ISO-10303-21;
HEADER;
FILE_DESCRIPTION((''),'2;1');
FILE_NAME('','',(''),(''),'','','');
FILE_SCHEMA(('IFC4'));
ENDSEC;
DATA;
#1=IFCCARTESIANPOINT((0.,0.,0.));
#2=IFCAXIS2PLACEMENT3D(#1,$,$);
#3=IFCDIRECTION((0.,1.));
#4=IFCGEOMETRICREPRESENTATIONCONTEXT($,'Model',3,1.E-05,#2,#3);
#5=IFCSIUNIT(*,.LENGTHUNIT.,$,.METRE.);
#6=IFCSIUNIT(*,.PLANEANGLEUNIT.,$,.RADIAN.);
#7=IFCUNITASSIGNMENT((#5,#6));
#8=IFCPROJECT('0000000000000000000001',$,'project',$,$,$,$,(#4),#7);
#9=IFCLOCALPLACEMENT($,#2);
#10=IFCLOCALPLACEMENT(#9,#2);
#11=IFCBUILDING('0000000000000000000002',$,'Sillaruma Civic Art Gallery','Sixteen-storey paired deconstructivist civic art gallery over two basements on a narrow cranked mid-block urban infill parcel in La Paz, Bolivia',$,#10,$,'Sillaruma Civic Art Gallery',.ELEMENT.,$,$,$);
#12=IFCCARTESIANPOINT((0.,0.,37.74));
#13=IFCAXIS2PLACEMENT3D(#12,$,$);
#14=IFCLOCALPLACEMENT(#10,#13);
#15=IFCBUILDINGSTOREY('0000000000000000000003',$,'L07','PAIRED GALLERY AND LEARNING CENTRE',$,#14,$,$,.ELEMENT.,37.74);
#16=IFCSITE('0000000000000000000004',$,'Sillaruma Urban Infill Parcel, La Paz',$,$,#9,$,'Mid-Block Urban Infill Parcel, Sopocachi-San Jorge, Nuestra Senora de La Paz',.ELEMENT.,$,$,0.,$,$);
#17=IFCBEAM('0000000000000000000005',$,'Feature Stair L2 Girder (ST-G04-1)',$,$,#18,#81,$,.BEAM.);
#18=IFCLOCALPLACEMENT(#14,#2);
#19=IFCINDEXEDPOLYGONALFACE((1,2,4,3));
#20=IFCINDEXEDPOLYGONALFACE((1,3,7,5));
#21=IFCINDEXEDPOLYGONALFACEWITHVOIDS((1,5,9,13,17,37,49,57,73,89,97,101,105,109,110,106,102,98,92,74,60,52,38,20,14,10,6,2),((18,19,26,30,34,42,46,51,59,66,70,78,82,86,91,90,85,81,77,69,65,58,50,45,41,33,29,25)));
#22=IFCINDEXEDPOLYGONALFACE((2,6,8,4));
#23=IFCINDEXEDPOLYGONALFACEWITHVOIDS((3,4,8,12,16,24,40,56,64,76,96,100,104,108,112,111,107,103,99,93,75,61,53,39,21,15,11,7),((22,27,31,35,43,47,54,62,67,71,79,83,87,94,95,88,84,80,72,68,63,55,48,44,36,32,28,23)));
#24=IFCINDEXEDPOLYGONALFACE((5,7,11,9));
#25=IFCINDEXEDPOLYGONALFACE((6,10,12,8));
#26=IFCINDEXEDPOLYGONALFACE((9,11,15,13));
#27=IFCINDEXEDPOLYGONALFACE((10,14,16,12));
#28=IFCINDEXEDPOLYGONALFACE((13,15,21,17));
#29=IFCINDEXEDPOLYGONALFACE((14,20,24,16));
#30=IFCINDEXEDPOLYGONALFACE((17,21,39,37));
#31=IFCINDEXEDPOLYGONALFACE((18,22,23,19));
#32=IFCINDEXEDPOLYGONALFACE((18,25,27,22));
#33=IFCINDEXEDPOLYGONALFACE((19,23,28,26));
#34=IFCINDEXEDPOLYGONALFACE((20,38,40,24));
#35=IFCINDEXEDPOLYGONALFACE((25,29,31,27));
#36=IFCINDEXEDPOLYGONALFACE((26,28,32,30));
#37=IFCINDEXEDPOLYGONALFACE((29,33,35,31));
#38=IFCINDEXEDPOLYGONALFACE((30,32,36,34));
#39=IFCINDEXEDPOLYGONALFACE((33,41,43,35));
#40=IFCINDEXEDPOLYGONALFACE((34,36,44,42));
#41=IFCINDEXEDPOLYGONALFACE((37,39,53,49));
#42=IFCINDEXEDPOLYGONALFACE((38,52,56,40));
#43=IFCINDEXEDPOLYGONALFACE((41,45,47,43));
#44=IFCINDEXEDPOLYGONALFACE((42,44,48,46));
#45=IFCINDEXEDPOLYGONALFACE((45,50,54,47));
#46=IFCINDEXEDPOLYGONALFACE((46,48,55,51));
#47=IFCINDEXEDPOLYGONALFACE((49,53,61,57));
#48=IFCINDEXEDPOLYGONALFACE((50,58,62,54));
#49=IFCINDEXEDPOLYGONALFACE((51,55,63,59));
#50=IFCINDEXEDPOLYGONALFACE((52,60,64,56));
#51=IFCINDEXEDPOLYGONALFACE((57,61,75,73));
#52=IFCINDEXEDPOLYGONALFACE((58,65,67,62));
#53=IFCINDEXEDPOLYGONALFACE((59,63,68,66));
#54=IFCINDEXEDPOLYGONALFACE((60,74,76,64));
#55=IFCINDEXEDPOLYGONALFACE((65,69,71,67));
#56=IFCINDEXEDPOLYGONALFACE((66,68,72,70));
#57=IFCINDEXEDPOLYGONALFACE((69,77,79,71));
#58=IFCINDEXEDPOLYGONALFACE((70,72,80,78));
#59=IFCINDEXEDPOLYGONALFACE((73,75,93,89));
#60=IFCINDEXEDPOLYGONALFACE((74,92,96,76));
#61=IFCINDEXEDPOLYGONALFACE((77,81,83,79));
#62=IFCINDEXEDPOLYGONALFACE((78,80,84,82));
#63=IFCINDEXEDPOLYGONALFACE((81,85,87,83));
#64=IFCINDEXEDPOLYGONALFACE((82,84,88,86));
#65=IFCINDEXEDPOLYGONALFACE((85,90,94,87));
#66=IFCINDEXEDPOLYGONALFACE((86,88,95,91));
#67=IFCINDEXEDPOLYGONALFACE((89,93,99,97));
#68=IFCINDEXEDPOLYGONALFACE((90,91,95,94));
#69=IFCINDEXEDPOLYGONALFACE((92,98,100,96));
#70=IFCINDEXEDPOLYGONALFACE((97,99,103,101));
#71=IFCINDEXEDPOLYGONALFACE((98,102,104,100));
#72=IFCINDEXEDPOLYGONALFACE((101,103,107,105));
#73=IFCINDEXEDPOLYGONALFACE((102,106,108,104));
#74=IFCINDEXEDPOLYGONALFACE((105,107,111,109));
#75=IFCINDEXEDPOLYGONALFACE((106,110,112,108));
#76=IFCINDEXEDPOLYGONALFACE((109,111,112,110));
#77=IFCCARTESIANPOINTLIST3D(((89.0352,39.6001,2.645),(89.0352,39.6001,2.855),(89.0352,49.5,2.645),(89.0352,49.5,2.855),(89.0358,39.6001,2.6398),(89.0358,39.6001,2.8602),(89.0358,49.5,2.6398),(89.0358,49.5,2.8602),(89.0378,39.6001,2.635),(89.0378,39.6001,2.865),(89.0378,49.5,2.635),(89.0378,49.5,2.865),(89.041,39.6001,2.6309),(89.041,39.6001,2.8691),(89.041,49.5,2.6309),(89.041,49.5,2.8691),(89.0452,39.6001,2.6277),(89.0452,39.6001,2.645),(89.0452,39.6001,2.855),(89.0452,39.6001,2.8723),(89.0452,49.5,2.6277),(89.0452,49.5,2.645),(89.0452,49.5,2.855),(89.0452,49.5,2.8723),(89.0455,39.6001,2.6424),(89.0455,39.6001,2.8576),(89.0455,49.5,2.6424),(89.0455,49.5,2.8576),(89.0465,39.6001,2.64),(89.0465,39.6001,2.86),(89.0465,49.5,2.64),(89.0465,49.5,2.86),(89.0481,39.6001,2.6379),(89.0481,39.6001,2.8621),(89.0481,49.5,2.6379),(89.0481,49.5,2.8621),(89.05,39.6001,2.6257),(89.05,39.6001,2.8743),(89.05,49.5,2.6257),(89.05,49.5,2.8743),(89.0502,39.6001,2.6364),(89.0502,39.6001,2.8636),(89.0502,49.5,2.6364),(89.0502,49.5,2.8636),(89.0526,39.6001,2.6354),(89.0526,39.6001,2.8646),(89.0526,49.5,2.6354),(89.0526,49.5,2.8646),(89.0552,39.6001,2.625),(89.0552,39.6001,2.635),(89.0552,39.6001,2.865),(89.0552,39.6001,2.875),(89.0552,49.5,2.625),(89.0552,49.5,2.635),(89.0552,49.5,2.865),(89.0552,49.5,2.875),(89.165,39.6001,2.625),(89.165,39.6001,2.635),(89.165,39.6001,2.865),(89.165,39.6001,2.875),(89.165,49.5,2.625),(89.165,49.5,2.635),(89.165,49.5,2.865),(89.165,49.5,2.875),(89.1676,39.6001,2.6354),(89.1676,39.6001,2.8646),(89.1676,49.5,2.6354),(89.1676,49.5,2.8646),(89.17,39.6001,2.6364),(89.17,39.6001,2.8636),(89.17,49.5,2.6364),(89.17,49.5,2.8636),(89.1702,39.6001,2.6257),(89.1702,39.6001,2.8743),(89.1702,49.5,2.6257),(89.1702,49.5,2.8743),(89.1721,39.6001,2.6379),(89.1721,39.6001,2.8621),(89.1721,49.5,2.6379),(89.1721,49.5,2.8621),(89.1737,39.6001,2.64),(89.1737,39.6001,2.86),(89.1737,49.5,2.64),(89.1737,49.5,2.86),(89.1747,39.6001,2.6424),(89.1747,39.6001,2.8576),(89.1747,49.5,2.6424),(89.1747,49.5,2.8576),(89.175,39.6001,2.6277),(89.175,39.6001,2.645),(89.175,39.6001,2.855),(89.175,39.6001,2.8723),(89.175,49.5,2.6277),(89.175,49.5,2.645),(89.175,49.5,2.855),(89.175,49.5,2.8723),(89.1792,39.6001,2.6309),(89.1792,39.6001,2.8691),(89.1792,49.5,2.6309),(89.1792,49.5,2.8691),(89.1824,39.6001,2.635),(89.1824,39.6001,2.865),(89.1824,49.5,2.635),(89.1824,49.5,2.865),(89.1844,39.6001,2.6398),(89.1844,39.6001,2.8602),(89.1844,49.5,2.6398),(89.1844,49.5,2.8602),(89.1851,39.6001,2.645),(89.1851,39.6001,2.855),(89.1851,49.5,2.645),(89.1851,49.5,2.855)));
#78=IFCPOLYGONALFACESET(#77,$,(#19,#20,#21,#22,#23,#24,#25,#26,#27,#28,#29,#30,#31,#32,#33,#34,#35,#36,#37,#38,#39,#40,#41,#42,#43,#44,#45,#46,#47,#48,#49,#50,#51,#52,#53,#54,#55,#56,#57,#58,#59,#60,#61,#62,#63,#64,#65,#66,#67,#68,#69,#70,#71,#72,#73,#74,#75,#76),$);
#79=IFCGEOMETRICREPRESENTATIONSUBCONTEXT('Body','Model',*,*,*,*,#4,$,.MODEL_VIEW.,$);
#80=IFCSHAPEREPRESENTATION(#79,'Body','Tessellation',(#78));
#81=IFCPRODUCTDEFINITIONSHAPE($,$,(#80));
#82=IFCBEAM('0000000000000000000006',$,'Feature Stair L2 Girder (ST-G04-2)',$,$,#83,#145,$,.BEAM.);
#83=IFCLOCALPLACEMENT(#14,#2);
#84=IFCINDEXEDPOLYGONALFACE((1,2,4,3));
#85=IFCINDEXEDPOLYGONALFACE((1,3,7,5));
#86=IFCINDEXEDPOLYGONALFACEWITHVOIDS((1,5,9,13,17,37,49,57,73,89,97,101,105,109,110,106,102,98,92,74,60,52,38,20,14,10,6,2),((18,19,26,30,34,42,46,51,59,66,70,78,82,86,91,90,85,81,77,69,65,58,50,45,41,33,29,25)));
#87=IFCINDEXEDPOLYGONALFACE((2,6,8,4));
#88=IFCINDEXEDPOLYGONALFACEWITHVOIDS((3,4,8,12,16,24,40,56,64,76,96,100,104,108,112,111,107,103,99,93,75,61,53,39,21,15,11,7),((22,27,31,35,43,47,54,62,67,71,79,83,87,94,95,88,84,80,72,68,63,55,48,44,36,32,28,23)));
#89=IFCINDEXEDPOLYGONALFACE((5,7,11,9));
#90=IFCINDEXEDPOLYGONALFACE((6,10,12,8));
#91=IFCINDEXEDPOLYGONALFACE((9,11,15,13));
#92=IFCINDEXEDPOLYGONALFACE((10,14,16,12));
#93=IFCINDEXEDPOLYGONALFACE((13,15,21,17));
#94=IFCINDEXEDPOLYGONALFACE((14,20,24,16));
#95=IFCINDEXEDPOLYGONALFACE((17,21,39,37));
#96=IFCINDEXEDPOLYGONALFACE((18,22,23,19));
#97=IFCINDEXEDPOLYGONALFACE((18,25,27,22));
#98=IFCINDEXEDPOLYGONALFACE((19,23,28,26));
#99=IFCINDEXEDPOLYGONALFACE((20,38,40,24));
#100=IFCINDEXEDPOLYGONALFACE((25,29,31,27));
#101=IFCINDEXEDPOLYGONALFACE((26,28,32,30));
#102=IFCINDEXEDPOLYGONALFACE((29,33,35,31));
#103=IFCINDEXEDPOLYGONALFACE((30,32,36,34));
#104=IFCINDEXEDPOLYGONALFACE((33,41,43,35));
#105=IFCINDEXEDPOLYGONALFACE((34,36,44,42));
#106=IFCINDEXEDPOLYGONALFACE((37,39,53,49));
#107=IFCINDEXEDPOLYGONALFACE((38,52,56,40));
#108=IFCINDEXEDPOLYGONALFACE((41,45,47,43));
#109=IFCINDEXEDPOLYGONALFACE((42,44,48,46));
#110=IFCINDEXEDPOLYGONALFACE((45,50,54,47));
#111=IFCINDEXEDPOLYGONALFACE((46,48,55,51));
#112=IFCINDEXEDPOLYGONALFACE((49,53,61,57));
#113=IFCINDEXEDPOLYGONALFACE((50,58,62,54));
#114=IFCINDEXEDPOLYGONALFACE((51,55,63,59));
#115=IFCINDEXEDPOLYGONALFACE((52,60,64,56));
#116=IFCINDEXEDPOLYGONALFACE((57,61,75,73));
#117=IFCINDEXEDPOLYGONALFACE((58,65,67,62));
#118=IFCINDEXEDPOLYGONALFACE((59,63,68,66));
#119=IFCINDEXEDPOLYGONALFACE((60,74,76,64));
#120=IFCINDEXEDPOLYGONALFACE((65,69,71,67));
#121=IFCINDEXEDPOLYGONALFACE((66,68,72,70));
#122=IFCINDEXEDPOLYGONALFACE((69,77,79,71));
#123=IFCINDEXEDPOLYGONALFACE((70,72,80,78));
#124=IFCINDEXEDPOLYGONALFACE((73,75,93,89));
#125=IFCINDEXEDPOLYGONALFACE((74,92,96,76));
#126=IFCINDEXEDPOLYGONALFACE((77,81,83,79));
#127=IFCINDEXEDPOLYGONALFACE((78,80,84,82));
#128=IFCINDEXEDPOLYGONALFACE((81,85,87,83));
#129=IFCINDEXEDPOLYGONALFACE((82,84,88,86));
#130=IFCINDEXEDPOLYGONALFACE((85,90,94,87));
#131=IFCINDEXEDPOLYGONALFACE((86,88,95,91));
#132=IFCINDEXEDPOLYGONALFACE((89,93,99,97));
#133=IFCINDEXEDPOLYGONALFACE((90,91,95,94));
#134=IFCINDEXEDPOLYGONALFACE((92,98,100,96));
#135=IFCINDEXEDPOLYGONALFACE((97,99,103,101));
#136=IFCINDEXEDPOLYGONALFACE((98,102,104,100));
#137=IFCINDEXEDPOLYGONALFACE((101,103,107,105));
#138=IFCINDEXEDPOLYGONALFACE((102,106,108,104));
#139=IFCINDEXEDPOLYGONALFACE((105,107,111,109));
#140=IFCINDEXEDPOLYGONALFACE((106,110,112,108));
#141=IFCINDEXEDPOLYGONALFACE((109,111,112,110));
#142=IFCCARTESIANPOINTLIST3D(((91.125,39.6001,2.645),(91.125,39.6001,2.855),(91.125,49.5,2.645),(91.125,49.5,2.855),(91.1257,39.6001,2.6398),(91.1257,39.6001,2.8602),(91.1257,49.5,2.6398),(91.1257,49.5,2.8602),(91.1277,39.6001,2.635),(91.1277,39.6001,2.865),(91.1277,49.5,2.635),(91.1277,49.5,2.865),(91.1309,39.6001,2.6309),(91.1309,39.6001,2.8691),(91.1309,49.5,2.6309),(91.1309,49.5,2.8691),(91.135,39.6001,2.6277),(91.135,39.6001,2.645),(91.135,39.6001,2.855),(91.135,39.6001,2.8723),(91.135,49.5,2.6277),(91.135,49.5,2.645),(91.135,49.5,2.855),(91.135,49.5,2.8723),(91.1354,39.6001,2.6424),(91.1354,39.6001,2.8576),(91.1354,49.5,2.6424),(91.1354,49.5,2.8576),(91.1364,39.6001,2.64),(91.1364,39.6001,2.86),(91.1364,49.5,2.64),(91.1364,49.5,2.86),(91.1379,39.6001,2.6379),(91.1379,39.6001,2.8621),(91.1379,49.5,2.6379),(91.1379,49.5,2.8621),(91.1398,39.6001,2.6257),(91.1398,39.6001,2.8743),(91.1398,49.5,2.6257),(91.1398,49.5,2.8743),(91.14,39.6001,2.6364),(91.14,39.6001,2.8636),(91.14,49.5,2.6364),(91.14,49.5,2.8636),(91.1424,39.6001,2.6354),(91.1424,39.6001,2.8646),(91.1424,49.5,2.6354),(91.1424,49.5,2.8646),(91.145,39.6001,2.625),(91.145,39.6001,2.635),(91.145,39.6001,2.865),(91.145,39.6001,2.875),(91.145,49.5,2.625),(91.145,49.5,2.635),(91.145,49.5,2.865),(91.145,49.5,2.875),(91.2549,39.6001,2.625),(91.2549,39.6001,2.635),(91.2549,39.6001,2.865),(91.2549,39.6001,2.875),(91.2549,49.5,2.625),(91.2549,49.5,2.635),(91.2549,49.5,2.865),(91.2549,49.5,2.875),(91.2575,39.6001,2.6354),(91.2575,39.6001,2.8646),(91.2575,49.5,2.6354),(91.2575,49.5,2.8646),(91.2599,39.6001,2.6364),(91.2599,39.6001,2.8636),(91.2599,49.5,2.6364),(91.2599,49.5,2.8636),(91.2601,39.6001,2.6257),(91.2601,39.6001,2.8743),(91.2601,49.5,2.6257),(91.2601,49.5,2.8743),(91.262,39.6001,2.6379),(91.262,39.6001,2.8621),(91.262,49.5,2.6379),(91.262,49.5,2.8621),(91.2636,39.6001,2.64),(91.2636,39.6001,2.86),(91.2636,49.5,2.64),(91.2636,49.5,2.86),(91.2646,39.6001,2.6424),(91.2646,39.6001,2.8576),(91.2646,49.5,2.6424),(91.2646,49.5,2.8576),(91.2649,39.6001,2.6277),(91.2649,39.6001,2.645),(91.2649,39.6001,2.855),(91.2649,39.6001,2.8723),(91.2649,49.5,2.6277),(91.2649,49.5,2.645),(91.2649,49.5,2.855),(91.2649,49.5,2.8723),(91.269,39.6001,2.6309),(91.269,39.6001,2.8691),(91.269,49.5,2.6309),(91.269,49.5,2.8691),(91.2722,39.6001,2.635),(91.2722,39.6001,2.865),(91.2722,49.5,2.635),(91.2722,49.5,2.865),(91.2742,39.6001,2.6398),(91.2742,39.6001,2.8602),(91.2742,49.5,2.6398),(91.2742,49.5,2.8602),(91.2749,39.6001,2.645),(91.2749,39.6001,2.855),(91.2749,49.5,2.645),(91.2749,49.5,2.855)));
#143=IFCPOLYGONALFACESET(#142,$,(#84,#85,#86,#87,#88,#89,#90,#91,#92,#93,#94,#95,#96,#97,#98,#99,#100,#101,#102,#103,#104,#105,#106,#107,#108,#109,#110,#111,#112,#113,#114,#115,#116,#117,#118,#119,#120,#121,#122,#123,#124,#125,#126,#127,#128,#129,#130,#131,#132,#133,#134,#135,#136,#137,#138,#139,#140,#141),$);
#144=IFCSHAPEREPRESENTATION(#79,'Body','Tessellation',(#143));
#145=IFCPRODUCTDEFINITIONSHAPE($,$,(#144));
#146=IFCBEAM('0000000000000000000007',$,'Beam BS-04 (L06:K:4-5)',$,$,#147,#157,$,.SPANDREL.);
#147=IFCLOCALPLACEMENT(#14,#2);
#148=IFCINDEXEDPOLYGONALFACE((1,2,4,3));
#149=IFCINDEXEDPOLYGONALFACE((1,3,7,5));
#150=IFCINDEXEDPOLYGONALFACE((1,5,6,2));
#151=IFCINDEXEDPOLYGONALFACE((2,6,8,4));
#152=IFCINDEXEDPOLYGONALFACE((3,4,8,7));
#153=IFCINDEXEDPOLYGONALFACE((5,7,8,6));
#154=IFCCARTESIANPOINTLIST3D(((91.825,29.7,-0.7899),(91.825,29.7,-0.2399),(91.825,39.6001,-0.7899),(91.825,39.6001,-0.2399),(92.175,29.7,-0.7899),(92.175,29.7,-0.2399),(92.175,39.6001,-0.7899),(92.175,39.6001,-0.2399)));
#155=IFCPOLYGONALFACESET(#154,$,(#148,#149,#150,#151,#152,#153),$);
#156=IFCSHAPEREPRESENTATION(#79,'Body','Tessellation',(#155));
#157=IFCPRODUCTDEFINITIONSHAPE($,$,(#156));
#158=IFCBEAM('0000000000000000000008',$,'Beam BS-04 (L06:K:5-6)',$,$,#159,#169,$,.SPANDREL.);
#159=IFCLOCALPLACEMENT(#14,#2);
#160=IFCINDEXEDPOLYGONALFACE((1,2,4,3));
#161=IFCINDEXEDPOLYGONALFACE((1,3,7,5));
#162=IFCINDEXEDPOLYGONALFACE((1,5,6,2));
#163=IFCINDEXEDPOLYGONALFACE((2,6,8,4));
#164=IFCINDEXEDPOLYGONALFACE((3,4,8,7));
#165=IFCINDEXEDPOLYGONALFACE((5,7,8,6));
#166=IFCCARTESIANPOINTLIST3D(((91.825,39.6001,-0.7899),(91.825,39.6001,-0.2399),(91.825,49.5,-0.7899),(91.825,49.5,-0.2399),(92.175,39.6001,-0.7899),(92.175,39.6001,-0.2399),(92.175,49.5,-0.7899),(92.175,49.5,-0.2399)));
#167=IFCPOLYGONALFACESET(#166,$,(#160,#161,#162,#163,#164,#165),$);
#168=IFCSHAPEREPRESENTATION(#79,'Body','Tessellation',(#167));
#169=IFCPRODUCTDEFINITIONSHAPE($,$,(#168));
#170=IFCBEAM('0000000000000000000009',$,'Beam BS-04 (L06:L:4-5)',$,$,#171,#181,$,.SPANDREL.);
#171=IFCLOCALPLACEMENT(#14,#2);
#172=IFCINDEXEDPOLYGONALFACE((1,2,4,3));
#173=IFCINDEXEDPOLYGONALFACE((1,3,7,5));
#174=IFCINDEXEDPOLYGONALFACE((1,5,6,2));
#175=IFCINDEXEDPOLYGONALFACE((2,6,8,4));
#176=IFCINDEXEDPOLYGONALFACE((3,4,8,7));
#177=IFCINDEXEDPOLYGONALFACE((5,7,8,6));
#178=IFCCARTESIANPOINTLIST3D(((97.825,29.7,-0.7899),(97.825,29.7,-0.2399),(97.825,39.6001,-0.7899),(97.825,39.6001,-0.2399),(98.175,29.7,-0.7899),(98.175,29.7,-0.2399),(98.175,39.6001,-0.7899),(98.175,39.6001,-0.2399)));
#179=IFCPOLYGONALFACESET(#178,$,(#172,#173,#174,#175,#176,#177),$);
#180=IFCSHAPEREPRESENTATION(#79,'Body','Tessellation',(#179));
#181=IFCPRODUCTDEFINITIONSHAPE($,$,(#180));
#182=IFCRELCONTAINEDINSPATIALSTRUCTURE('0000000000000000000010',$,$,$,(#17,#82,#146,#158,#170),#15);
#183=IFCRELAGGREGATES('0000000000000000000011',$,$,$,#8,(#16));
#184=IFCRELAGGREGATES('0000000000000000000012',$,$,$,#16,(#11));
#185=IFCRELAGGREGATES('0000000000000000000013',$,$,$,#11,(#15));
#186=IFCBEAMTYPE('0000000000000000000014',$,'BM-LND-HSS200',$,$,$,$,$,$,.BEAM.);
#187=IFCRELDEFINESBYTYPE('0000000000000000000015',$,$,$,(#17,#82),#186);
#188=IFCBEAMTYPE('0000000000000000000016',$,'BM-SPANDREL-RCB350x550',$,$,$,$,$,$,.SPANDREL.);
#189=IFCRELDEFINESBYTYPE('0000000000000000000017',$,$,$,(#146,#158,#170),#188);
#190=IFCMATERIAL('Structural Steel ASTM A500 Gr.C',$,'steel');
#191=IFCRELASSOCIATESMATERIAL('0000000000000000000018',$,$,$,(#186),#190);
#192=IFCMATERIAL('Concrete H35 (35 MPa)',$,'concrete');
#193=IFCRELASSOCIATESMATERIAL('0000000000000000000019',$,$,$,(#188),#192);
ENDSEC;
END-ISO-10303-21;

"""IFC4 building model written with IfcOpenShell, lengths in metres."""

from ifc_helpers import new_model, si_unit, direction, frame, origin, origin_2d, place, context, subcontext, project, spatial, rectangle, hollow_rectangle, extrude, material, material_profile, profile_set, type_object, element, save


model = new_model("IFC4")

# Units and contexts
model_context = context("Model", 3, precision=1e-05, world=origin(), true_north=direction((0.0, 1.0)))
body_context = subcontext(model_context, "Body", "Model", "MODEL_VIEW")
ifc_project = project(units=[si_unit("LENGTHUNIT", "METRE"), si_unit("PLANEANGLEUNIT", "RADIAN")], contexts=[model_context])

# Site, building, storey
site_placement = place(None, origin())
site = spatial("IfcSite", under=ifc_project, at=site_placement, Name="Sillaruma Urban Infill Parcel, La Paz", LongName="Mid-Block Urban Infill Parcel, Sopocachi-San Jorge, Nuestra Senora de La Paz", CompositionType="ELEMENT", RefElevation=0.0)
building_placement = place(site_placement, origin())
building = spatial("IfcBuilding", under=site, at=building_placement, Name="Sillaruma Civic Art Gallery", Description="Sixteen-storey paired deconstructivist civic art gallery over two basements on a narrow cranked mid-block urban infill parcel in La Paz, Bolivia", LongName="Sillaruma Civic Art Gallery", CompositionType="ELEMENT")
storey_placement = place(building_placement, frame((0.0, 0.0, 37.74)))
storey = spatial("IfcBuildingStorey", under=building, at=storey_placement, Name="L07", Description="PAIRED GALLERY AND LEARNING CENTRE", CompositionType="ELEMENT", Elevation=37.74)

# Beams
ifc_material_1 = material(Name="Concrete H35 (35 MPa)", Category="concrete")
ifc_material_2 = material(Name="Structural Steel ASTM A500 Gr.C", Category="steel")
ifc_material_profile_1 = material_profile(ifc_material_2, hollow_rectangle(XDim=0.1499, YDim=0.25, WallThickness=0.01, InnerFilletRadius=0.01, OuterFilletRadius=0.02, at=origin_2d()), Name="HSS250x150x10")
ifc_profile_set_1 = profile_set([ifc_material_profile_1], Name="Structural Steel ASTM A500 Gr.C")
beam_type_1 = type_object("IfcBeamType", Name="BM-LND-HSS200", PredefinedType="BEAM", material=ifc_profile_set_1)
for number, where, z_axis, x_axis, name in (
    (1, (89.1101, 39.6001, 2.75), (0.0, 1.0, 0.0), (-1.0, 0.0, 0.0), "Feature Stair L2 Girder (ST-G04-1)"),
    (2, (91.2, 39.6001, 2.75), (0.0, 1.0, 0.0), (-1.0, 0.0, 0.0), "Feature Stair L2 Girder (ST-G04-2)"),
):
    element("IfcBeam", number, at=place(storey_placement, frame(where, z_axis=z_axis, x_axis=x_axis)), inside=storey, type_object=beam_type_1, Name=name, PredefinedType="BEAM", context=body_context, shape_type="SweptSolid", body=[
        extrude(hollow_rectangle(XDim=0.1499, YDim=0.25, WallThickness=0.01, InnerFilletRadius=0.01, OuterFilletRadius=0.02, at=origin_2d()), origin(), (0.0, 0.0, 1.0), 9.8999),
    ])
ifc_material_profile_2 = material_profile(ifc_material_1, rectangle(XDim=0.3501, YDim=0.55, at=origin_2d()), Name="RCB350x550")
ifc_profile_set_2 = profile_set([ifc_material_profile_2], Name="Concrete H35 (35 MPa)")
beam_type_2 = type_object("IfcBeamType", Name="BM-SPANDREL-RCB350x550", PredefinedType="SPANDREL", material=ifc_profile_set_2)
beam_1_placement = place(storey_placement, frame((92.0, 29.7, -0.5149), z_axis=(0.0, 1.0, 0.0), x_axis=(-1.0, 0.0, 0.0)))
element("IfcBeam", 3, at=beam_1_placement, inside=storey, type_object=beam_type_2, Name="Beam BS-04 (L06:K:4-5)", PredefinedType="SPANDREL", context=body_context, shape_type="SweptSolid", body=[
    extrude(rectangle(XDim=0.3501, YDim=0.55, at=origin_2d()), origin(), (0.0, 0.0, 1.0), 9.9001),
])
beam_2_placement = place(storey_placement, frame((92.0, 39.6001, -0.5149), z_axis=(0.0, 1.0, 0.0), x_axis=(-1.0, 0.0, 0.0)))
element("IfcBeam", 4, at=beam_2_placement, inside=storey, type_object=beam_type_2, Name="Beam BS-04 (L06:K:5-6)", PredefinedType="SPANDREL", context=body_context, shape_type="SweptSolid", body=[
    extrude(rectangle(XDim=0.3501, YDim=0.55, at=origin_2d()), origin(), (0.0, 0.0, 1.0), 9.8999),
])
beam_3_placement = place(storey_placement, frame((98.0, 29.7, -0.5149), z_axis=(0.0, 1.0, 0.0), x_axis=(-1.0, 0.0, 0.0)))
element("IfcBeam", 5, at=beam_3_placement, inside=storey, type_object=beam_type_2, Name="Beam BS-04 (L06:L:4-5)", PredefinedType="SPANDREL", context=body_context, shape_type="SweptSolid", body=[
    extrude(rectangle(XDim=0.3501, YDim=0.55, at=origin_2d()), origin(), (0.0, 0.0, 1.0), 9.9001),
])

save(model, "model.ifc")
